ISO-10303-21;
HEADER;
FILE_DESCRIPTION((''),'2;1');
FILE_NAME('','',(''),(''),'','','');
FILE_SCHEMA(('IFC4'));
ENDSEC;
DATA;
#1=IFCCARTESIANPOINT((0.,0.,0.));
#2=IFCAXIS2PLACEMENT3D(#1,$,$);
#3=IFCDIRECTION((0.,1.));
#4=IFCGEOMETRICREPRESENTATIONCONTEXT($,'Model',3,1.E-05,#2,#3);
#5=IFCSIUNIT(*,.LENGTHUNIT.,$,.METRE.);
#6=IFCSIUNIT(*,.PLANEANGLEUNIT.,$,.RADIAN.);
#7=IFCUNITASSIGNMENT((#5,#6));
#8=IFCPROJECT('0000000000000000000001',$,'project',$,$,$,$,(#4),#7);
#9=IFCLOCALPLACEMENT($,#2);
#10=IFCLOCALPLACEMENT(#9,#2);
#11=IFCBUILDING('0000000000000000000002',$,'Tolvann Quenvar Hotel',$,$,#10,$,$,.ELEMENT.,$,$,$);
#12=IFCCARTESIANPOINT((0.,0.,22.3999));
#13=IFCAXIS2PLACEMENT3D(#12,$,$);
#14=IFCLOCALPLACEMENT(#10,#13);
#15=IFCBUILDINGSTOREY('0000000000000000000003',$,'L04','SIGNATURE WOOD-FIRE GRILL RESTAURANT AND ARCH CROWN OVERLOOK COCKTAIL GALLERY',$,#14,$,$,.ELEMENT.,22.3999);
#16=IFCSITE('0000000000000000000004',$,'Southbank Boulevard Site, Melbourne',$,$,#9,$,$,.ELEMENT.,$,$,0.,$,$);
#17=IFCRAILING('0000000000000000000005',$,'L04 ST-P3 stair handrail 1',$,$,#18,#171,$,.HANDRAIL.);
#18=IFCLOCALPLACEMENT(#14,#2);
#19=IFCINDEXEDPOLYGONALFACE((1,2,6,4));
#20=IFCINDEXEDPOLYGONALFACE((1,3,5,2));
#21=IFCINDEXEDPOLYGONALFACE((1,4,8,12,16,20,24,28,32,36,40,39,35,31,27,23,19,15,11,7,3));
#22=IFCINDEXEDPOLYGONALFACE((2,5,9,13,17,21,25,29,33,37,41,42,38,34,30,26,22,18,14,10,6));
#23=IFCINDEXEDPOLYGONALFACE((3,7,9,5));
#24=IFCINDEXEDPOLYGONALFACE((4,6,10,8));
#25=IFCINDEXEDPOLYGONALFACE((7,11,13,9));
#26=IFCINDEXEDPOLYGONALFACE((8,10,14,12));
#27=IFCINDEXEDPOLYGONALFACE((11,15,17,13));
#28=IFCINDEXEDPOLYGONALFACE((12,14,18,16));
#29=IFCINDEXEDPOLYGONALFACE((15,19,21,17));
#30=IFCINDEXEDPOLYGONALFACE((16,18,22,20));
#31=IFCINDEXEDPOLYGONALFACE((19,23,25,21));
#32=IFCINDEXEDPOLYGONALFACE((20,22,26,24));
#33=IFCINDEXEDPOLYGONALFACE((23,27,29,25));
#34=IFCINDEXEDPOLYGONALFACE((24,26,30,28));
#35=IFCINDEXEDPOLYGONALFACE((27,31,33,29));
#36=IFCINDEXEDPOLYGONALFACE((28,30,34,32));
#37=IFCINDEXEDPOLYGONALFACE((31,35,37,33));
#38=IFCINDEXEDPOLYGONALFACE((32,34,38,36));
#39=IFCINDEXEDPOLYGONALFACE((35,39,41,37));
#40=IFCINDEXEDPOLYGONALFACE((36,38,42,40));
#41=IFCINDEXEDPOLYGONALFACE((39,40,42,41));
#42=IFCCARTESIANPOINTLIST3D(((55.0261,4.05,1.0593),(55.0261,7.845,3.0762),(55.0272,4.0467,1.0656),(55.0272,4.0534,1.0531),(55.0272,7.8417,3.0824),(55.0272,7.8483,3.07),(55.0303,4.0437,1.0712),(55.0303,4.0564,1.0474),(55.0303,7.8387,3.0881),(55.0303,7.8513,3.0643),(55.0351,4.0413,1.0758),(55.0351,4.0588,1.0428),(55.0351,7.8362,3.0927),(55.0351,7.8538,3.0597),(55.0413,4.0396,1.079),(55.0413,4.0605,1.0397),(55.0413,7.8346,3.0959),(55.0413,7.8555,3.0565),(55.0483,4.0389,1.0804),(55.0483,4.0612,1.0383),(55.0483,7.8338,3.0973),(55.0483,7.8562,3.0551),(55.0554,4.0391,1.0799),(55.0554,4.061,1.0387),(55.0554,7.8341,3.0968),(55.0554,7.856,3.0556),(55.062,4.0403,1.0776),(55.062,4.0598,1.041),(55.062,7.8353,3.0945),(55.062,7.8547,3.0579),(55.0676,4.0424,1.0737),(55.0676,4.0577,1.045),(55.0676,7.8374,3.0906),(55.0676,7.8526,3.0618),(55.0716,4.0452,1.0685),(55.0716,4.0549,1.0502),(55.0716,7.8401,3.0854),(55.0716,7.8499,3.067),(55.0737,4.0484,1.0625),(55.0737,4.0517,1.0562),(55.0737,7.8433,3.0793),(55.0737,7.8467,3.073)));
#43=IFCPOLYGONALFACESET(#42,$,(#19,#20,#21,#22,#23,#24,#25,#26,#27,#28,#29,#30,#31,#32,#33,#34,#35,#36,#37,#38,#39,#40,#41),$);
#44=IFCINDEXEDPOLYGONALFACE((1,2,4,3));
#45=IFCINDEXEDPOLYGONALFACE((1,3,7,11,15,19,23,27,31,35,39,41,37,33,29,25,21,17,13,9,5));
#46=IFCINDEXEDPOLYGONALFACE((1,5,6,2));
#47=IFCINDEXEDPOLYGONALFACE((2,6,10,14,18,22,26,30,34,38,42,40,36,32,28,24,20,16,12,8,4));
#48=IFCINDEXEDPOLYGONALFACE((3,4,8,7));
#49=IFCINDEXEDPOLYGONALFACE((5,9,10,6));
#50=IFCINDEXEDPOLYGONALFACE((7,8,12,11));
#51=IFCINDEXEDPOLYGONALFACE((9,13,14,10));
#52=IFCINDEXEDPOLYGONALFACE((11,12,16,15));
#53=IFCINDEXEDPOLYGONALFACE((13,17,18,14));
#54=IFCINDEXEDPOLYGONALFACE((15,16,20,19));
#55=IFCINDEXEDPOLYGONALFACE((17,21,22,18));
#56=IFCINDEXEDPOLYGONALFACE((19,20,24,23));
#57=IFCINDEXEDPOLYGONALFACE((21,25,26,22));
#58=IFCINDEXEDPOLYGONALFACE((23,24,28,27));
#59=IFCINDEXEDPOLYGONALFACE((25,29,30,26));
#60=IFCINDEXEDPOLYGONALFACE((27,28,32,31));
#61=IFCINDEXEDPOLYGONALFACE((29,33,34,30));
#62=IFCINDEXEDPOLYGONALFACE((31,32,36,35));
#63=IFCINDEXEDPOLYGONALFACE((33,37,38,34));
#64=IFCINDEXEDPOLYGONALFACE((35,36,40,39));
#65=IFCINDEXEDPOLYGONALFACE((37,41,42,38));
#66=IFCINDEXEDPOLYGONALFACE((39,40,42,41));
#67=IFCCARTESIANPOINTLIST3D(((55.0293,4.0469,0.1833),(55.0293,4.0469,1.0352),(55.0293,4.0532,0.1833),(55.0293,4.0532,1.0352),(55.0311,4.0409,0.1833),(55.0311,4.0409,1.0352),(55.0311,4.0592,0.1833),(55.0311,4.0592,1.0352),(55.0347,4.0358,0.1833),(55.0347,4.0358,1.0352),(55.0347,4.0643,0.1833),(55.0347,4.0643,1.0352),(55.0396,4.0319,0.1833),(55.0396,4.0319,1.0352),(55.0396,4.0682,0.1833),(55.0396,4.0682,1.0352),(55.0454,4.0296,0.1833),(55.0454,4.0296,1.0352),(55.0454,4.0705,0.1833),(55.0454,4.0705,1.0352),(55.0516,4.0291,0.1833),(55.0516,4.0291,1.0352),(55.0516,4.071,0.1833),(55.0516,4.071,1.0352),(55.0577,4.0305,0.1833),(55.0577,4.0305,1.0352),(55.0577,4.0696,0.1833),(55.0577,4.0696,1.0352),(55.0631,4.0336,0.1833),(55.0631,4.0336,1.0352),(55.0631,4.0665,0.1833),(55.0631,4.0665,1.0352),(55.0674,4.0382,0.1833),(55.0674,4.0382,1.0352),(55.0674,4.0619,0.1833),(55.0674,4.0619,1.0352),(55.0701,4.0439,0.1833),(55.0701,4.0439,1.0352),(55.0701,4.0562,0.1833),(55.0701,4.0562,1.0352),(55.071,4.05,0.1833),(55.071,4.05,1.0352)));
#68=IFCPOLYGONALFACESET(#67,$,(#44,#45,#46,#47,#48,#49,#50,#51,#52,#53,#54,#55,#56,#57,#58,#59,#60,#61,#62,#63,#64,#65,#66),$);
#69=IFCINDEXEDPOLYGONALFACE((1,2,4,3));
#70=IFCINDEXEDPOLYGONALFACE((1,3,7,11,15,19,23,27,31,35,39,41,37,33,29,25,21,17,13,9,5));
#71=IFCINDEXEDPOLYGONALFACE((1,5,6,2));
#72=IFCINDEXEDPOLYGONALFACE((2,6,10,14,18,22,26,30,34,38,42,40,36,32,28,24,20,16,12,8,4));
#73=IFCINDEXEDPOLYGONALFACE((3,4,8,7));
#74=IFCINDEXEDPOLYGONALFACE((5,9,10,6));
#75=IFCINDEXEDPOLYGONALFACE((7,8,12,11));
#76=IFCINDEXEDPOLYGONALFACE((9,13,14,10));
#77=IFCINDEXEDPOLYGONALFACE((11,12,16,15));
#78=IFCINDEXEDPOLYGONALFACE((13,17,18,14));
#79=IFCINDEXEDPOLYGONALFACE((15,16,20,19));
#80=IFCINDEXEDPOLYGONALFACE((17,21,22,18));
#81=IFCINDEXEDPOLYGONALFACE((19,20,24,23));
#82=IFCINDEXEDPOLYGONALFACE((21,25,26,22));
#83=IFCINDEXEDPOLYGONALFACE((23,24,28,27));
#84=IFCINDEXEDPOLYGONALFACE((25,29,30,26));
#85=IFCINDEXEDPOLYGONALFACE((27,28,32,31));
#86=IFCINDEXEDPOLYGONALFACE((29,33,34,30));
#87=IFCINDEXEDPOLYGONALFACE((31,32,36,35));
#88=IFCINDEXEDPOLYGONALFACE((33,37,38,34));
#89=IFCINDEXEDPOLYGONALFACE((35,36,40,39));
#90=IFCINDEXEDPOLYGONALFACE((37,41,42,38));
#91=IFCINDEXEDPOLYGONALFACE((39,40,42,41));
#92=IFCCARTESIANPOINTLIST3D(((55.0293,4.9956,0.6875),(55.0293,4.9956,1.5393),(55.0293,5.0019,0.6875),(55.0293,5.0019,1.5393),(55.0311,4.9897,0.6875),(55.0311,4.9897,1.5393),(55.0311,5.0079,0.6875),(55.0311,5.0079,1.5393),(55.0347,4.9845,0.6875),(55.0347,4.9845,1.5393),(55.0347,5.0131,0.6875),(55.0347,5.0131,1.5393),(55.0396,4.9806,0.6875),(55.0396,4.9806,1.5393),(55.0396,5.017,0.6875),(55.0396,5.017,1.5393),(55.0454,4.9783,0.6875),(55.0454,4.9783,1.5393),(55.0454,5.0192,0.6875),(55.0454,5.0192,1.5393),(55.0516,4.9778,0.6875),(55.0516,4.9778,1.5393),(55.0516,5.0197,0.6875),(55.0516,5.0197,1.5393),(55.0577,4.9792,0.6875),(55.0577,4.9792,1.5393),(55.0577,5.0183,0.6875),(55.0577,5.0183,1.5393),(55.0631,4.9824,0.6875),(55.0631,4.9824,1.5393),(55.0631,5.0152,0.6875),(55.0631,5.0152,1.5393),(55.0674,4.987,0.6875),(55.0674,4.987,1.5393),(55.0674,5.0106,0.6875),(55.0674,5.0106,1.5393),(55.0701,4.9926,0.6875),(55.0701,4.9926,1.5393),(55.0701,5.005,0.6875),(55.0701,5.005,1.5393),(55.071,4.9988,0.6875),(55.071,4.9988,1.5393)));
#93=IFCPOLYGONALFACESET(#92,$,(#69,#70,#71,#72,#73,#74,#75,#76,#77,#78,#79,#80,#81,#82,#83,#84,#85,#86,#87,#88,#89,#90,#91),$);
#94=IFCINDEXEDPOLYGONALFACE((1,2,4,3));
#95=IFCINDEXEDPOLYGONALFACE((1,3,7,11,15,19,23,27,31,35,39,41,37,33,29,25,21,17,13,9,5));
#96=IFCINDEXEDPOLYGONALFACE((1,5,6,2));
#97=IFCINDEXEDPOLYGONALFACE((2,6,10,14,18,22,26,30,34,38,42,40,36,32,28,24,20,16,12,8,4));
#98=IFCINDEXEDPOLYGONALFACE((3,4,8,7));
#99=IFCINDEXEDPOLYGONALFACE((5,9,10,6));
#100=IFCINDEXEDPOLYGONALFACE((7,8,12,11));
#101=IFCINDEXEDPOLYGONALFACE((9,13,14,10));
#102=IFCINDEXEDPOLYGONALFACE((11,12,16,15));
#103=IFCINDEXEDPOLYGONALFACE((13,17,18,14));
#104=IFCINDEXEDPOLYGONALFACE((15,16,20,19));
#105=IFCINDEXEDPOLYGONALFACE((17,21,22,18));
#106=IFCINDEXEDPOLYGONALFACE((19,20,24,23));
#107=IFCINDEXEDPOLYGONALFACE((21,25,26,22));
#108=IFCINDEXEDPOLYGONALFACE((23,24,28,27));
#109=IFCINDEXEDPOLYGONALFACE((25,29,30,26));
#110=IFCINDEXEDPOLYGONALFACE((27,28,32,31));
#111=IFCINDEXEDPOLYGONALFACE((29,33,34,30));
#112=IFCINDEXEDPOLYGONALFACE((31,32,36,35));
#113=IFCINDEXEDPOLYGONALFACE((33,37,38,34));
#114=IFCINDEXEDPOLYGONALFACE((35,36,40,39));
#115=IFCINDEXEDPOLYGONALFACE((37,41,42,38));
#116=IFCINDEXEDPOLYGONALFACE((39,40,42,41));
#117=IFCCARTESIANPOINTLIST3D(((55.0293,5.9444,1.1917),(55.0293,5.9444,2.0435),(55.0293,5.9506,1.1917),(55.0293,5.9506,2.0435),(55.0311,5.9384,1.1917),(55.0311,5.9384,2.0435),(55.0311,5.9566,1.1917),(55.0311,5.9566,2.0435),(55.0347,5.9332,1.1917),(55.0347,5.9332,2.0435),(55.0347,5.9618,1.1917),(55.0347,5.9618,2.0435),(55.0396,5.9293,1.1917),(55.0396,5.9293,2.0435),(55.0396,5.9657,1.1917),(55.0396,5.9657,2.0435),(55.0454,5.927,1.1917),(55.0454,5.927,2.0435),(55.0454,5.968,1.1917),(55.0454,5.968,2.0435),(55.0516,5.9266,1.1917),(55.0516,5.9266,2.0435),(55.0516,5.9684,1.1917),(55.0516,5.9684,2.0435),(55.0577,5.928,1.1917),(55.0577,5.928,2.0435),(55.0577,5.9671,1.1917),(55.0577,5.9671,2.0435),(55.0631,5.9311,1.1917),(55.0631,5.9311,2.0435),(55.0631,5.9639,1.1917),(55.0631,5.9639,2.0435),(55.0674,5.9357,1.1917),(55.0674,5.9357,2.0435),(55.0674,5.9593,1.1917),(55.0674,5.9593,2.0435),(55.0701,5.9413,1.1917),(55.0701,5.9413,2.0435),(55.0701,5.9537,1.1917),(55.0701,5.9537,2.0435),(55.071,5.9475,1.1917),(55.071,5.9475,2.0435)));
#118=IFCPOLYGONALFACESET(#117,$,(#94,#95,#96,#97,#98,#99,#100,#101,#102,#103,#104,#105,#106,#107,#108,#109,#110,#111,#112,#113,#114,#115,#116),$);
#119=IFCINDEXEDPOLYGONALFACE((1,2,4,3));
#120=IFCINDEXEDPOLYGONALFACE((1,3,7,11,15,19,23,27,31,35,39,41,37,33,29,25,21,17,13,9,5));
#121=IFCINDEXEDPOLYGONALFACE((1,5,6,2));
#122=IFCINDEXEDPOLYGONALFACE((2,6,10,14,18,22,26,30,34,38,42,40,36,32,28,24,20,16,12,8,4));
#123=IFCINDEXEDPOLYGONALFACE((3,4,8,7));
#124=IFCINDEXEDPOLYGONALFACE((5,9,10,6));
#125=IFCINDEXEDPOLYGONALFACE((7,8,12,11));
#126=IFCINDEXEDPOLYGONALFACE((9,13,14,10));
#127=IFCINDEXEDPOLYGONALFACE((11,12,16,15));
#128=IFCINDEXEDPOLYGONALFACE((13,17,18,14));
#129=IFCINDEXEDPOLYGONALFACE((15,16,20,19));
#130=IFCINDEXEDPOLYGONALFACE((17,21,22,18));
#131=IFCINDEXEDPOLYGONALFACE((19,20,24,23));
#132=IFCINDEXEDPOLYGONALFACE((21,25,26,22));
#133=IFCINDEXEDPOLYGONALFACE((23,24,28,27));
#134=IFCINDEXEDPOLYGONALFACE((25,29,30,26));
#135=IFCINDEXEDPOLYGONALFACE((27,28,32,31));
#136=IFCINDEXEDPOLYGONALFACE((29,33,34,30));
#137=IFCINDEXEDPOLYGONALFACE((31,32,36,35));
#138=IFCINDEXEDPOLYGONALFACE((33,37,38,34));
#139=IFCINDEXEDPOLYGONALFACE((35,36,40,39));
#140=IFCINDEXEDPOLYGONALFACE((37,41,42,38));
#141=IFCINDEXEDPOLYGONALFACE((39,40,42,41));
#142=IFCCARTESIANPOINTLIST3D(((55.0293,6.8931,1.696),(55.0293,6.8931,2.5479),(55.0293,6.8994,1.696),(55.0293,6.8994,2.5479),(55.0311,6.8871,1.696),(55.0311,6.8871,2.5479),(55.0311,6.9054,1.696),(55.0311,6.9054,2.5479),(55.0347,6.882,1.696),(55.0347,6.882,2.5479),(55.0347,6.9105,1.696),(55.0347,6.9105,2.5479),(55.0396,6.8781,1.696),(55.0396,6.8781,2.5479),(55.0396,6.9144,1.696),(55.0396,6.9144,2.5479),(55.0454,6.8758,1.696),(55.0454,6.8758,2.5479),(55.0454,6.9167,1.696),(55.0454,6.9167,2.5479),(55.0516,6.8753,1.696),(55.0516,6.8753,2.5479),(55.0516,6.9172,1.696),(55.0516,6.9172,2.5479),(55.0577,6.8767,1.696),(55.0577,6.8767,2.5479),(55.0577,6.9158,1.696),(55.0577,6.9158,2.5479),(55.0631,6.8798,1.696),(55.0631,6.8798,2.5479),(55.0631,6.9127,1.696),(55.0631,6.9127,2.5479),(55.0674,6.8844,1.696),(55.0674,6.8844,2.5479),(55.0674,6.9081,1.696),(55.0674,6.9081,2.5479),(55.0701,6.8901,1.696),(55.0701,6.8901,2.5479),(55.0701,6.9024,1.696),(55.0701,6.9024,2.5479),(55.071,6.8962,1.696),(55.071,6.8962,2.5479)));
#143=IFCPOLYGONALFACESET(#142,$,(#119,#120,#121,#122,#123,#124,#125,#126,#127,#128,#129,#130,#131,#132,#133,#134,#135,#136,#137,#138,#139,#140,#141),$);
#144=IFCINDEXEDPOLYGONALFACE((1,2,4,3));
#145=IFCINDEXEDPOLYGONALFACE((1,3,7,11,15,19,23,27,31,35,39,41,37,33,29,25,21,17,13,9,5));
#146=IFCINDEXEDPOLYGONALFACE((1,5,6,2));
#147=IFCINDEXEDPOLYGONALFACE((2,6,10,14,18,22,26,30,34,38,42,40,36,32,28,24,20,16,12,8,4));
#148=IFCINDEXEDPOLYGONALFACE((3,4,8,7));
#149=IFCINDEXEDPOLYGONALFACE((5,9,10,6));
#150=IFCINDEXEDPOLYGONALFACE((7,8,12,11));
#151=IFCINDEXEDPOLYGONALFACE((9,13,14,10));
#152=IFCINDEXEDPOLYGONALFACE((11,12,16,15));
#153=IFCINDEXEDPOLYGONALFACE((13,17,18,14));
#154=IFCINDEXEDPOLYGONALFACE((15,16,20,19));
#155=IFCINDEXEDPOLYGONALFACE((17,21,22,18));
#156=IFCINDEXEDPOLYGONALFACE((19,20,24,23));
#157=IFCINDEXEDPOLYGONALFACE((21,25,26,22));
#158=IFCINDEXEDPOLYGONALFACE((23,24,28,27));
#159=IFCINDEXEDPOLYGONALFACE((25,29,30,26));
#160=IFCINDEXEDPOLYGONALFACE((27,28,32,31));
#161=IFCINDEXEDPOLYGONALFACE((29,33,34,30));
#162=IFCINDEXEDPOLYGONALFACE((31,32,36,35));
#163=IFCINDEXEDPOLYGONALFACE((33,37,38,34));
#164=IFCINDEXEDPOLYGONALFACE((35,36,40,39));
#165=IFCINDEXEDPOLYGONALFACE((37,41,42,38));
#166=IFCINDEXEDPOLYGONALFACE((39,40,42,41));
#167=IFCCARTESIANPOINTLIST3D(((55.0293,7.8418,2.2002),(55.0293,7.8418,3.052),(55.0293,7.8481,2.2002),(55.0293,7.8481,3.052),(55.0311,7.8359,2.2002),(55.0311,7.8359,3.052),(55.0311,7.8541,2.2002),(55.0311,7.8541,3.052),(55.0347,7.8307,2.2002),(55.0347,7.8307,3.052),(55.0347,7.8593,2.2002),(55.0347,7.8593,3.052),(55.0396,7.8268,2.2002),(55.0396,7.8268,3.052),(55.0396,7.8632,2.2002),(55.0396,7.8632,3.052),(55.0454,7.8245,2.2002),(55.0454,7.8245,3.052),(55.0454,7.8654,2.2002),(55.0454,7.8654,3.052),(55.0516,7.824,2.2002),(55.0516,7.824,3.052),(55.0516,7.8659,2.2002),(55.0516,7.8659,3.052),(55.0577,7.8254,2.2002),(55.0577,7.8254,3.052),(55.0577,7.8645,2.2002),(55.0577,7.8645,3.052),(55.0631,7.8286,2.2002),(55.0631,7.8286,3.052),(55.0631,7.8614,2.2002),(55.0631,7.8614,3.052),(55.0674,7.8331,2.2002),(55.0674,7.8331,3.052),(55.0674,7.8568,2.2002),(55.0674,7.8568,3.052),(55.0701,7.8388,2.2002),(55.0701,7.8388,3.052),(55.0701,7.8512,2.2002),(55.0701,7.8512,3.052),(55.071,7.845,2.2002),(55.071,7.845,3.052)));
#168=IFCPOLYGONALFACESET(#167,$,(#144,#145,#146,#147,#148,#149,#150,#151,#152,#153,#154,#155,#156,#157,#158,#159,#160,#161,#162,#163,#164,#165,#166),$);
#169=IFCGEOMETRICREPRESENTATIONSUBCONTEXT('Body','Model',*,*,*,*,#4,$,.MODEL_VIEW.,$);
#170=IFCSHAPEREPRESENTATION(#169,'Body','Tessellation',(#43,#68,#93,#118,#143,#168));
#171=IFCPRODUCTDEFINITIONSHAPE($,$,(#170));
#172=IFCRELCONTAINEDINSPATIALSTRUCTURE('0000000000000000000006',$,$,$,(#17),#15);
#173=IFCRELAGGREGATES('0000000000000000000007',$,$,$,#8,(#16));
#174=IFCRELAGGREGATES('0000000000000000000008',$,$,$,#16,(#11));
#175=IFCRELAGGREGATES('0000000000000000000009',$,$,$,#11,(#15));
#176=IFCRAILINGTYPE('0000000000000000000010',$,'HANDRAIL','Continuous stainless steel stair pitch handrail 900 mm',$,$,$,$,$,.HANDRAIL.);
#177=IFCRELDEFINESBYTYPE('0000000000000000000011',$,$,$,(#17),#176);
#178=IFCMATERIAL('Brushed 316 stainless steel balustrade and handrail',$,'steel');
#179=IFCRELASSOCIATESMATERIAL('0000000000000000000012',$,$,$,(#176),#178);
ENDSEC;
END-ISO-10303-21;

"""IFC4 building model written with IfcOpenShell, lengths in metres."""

from ifc_helpers import new_model, si_unit, direction, frame, origin, origin_2d, place, context, subcontext, project, spatial, circle, extrude, material, type_object, element, save


model = new_model("IFC4")

# Units and contexts
model_context = context("Model", 3, precision=1e-05, world=origin(), true_north=direction((0.0, 1.0)))
body_context = subcontext(model_context, "Body", "Model", "MODEL_VIEW")
ifc_project = project(units=[si_unit("LENGTHUNIT", "METRE"), si_unit("PLANEANGLEUNIT", "RADIAN")], contexts=[model_context])

# Site, building, storey
site_placement = place(None, origin())
site = spatial("IfcSite", under=ifc_project, at=site_placement, Name="Southbank Boulevard Site, Melbourne", CompositionType="ELEMENT", RefElevation=0.0)
building_placement = place(site_placement, origin())
building = spatial("IfcBuilding", under=site, at=building_placement, Name="Tolvann Quenvar Hotel", CompositionType="ELEMENT")
storey_placement = place(building_placement, frame((0.0, 0.0, 22.3999)))
storey = spatial("IfcBuildingStorey", under=building, at=storey_placement, Name="L04", Description="SIGNATURE WOOD-FIRE GRILL RESTAURANT AND ARCH CROWN OVERLOOK COCKTAIL GALLERY", CompositionType="ELEMENT", Elevation=22.3999)

# Railing
ifc_material_1 = material(Name="Brushed 316 stainless steel balustrade and handrail", Category="steel")
railing_type_1 = type_object("IfcRailingType", Name="HANDRAIL", Description="Continuous stainless steel stair pitch handrail 900 mm", PredefinedType="HANDRAIL", material=ifc_material_1)
railing_1_placement = place(storey_placement, frame((55.05, 4.05, 0.1833)))
element("IfcRailing", 1, at=railing_1_placement, inside=storey, type_object=railing_type_1, Name="L04 ST-P3 stair handrail 1", PredefinedType="HANDRAIL", context=body_context, shape_type="SweptSolid", body=[
    extrude(circle(Radius=0.0239, at=origin_2d()), frame((0.0, 0.0, 0.876), z_axis=(0.0, 0.883039, 0.469299), x_axis=(-1.0, 0.0, 0.0)), (0.0, 0.0, 1.0), 4.2976),
    extrude(circle(Radius=0.021, at=origin_2d()), origin(), (0.0, 0.0, 1.0), 0.8518),
    extrude(circle(Radius=0.021, at=origin_2d()), frame((0.0, 0.9487, 0.5042)), (0.0, 0.0, 1.0), 0.8518),
    extrude(circle(Radius=0.021, at=origin_2d()), frame((0.0, 1.8975, 1.0083)), (0.0, 0.0, 1.0), 0.8518),
    extrude(circle(Radius=0.021, at=origin_2d()), frame((0.0, 2.8462, 1.5127)), (0.0, 0.0, 1.0), 0.8518),
    extrude(circle(Radius=0.021, at=origin_2d()), frame((0.0, 3.7949, 2.0168)), (0.0, 0.0, 1.0), 0.8518),
])

save(model, "model.ifc")
